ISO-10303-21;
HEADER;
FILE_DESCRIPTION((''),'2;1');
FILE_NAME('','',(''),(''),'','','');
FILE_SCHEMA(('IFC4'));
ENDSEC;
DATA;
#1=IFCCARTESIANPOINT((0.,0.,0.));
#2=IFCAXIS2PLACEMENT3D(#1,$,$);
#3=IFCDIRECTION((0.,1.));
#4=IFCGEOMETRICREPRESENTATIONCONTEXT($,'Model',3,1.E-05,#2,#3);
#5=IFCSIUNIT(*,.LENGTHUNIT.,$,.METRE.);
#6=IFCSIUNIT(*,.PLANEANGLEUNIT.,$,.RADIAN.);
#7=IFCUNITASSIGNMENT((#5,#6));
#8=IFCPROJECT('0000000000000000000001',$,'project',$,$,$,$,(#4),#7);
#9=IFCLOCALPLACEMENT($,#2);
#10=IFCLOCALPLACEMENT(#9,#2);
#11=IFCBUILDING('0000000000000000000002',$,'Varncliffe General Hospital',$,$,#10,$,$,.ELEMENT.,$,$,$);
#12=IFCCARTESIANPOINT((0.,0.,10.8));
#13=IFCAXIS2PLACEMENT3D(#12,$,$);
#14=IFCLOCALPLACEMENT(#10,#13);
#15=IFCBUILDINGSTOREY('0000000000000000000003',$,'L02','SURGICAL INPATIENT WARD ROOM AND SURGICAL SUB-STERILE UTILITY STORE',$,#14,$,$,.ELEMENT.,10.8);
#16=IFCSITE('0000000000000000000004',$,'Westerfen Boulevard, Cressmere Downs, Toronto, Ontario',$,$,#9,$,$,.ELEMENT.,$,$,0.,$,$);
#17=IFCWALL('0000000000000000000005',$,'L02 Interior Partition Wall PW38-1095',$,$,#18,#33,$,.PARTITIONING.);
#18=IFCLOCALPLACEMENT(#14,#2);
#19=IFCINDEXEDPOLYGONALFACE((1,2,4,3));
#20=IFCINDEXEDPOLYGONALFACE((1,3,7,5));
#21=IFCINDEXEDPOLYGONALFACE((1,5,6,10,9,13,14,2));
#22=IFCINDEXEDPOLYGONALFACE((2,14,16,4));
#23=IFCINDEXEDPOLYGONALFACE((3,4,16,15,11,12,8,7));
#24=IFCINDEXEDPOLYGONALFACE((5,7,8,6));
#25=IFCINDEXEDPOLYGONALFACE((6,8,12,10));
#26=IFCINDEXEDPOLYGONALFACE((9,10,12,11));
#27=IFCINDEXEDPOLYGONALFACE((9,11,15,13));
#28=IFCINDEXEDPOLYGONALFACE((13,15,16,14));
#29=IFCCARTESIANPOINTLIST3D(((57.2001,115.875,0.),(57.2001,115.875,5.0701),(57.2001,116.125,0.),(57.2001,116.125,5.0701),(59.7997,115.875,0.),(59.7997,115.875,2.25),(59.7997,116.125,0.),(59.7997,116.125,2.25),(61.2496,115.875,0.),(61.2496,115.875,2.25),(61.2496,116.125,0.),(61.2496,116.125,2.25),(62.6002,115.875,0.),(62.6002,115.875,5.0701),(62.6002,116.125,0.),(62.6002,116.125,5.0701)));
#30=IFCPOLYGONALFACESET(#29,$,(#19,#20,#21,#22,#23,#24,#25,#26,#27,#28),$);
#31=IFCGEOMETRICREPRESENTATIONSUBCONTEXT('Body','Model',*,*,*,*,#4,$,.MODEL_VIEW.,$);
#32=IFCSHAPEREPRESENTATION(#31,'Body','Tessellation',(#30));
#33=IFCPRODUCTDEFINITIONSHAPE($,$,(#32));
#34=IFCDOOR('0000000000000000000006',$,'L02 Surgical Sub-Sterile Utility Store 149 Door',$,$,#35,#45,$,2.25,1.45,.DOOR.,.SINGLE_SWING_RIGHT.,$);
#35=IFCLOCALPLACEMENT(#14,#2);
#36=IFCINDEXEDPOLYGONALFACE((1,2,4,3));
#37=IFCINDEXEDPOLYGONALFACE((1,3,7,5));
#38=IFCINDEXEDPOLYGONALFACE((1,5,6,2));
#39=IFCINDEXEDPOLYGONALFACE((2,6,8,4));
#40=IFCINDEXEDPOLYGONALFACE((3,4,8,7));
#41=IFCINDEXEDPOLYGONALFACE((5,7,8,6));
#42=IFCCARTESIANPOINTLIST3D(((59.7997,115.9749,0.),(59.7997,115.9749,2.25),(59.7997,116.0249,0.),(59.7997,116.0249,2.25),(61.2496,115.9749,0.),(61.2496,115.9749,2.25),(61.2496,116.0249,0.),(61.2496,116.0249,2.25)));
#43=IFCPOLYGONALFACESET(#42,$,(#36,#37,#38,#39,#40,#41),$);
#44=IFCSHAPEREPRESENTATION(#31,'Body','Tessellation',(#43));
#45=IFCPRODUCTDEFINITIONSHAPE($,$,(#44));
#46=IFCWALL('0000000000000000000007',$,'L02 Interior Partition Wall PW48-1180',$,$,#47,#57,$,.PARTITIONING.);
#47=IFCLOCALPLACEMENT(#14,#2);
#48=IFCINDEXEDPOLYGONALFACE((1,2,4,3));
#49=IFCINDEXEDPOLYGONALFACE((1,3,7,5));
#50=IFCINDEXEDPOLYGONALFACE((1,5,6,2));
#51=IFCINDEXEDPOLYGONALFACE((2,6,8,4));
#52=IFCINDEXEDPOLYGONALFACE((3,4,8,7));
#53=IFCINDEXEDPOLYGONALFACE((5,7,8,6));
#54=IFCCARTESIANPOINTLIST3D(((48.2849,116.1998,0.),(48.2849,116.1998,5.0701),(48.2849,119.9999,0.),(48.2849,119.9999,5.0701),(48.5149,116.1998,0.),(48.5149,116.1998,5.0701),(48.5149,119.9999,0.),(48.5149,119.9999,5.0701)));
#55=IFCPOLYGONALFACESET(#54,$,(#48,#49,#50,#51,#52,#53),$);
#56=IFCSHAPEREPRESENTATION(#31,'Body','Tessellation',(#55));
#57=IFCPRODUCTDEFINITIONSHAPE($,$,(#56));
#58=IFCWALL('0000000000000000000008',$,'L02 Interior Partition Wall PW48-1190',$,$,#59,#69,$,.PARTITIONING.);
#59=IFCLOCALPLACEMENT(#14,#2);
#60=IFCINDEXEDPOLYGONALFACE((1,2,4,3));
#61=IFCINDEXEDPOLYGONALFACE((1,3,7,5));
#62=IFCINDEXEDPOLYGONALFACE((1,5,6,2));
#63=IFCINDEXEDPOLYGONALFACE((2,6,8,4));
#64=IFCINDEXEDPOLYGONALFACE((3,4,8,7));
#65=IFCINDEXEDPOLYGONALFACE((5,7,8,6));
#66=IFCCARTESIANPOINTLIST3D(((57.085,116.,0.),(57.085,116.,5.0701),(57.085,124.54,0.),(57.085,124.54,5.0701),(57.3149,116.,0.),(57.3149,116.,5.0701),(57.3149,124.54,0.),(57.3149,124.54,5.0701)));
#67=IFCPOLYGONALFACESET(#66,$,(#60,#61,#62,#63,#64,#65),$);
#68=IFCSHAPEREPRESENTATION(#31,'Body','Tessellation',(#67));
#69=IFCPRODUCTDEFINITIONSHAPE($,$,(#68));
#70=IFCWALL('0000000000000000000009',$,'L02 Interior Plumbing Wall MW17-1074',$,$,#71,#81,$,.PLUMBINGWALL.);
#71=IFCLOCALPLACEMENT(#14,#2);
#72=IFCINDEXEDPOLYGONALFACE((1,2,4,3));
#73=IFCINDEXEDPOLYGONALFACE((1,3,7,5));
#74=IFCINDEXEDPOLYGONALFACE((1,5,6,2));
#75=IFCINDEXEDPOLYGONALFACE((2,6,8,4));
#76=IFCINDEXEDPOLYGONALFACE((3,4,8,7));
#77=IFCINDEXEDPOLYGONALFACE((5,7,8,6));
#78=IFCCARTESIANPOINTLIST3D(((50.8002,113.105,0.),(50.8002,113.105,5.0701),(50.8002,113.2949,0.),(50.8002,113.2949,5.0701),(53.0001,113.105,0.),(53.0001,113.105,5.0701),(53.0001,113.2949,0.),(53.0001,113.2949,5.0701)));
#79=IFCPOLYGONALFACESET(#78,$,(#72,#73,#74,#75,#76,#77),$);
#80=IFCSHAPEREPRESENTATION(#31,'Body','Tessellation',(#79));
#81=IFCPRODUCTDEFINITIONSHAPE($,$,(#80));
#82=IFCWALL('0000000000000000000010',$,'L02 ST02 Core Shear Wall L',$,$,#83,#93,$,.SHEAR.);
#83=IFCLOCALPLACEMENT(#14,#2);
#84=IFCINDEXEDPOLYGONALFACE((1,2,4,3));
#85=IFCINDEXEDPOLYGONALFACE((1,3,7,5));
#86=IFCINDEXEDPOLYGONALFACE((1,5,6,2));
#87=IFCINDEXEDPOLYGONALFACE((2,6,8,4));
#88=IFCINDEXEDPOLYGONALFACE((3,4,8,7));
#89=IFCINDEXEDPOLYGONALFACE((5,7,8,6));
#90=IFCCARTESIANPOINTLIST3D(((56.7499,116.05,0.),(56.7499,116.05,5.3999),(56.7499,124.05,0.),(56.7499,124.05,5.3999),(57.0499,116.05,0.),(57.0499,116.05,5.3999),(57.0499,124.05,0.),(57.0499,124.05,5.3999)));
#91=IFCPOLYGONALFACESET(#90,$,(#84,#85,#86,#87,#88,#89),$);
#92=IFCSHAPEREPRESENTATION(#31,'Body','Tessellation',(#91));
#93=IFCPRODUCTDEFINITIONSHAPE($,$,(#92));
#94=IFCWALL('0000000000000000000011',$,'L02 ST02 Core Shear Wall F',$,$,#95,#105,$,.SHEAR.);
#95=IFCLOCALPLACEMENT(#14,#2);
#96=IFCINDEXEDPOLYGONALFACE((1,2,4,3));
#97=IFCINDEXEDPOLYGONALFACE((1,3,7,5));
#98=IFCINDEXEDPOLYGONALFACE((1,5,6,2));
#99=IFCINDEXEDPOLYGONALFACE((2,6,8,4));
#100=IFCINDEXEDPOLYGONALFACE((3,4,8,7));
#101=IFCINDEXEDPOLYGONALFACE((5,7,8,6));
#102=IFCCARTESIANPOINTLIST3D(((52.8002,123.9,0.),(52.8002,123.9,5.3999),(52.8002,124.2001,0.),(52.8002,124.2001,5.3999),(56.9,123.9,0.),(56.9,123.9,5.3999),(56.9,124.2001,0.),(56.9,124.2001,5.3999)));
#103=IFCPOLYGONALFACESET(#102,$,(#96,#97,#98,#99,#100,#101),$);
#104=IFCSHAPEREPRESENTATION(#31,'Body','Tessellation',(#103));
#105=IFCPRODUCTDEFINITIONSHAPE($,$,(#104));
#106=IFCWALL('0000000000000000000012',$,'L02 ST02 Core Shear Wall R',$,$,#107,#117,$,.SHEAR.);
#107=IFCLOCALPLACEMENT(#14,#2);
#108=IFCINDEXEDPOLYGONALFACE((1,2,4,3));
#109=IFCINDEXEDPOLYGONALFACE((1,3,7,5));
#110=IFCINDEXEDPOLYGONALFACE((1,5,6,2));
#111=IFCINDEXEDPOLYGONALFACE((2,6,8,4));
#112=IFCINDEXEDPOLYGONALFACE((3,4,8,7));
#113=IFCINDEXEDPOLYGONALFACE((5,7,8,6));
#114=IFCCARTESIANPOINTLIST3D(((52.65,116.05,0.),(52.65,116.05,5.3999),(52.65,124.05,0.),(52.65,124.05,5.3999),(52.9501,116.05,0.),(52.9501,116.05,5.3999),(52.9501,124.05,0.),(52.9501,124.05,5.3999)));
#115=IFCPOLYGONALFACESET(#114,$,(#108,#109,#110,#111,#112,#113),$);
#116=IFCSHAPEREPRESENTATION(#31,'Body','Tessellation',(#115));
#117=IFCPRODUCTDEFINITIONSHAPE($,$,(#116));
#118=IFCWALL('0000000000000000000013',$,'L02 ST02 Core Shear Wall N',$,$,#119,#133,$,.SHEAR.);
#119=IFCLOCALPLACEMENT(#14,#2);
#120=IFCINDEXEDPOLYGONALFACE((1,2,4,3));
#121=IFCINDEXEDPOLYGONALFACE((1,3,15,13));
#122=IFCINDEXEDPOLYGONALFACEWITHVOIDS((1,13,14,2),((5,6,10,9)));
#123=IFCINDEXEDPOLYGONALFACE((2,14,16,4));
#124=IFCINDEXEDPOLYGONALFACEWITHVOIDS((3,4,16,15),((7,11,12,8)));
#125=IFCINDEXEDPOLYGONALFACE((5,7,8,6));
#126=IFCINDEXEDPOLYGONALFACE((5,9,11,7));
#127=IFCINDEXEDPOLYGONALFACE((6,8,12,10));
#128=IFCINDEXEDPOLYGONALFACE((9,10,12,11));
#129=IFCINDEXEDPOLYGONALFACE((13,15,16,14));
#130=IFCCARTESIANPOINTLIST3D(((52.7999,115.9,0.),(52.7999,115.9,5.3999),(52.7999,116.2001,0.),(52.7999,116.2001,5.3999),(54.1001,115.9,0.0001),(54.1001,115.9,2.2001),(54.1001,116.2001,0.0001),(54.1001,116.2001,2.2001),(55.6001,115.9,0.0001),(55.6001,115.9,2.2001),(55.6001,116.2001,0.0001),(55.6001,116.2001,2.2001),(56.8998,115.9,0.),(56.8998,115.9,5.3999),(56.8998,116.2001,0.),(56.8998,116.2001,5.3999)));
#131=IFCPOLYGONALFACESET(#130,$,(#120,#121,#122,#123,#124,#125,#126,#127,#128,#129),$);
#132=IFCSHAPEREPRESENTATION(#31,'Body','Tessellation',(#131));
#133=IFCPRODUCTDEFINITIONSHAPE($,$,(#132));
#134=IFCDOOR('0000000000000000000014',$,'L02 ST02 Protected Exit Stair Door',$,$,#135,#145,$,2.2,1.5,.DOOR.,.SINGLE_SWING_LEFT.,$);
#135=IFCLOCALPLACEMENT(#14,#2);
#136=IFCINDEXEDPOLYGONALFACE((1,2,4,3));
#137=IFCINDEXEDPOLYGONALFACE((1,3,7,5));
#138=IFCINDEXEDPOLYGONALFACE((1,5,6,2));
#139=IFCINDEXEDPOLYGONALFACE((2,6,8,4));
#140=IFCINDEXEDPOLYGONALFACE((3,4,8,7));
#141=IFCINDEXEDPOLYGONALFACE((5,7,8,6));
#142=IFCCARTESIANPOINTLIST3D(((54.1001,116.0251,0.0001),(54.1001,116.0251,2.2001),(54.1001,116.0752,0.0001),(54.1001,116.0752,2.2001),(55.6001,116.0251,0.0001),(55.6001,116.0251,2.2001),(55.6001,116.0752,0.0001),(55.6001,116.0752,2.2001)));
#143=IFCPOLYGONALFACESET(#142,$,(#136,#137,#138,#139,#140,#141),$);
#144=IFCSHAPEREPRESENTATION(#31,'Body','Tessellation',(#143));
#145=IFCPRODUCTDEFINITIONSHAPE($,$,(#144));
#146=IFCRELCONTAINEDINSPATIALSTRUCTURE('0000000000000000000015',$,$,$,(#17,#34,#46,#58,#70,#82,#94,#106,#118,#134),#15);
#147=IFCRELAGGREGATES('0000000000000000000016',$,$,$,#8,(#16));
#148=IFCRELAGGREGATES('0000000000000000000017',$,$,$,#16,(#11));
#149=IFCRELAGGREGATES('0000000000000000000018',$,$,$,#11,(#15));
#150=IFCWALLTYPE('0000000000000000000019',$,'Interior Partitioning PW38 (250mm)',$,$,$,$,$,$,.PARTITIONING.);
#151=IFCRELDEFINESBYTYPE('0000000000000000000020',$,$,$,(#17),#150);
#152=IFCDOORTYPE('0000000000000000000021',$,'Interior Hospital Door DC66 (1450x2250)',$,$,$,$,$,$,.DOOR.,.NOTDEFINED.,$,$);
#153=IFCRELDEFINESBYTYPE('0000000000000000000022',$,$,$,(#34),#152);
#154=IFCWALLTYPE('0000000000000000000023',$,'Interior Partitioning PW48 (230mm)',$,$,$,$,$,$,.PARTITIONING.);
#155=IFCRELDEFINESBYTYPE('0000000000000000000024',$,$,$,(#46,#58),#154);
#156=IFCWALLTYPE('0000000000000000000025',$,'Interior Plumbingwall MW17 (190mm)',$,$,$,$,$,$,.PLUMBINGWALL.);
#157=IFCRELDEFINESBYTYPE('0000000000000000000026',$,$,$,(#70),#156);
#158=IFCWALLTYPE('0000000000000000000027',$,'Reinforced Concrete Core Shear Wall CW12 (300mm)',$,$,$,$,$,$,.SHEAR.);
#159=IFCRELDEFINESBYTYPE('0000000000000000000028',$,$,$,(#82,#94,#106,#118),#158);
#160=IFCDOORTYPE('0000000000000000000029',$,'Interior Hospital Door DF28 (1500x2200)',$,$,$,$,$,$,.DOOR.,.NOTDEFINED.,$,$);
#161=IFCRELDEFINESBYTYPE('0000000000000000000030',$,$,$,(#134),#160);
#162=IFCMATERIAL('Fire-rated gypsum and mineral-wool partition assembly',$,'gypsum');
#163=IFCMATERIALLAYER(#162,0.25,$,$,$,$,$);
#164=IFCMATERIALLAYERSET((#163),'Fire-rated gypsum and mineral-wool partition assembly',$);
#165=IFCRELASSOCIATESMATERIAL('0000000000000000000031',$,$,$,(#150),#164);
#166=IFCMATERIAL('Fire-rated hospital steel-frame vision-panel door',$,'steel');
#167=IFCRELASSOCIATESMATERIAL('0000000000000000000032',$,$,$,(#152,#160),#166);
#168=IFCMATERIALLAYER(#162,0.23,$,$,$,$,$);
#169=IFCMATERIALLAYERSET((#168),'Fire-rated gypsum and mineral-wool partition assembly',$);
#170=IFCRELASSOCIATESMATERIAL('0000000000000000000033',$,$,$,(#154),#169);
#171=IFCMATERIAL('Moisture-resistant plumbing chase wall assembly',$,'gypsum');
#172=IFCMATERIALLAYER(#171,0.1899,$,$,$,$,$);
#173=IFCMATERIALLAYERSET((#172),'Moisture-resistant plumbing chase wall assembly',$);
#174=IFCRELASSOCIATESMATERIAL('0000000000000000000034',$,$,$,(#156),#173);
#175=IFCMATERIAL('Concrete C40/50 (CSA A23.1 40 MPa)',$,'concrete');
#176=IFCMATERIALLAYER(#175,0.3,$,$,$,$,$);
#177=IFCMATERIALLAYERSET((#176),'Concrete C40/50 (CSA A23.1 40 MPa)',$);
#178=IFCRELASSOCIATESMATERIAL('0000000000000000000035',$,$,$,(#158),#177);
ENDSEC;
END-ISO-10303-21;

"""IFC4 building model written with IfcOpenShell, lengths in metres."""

from ifc_helpers import new_model, si_unit, direction, frame, frame_2d, origin, place, context, subcontext, project, spatial, rectangle, extrude, material, layer, layer_set, type_object, element, fill, save


model = new_model("IFC4")

# Units and contexts
model_context = context("Model", 3, precision=1e-05, world=origin(), true_north=direction((0.0, 1.0)))
body_context = subcontext(model_context, "Body", "Model", "MODEL_VIEW")
ifc_project = project(units=[si_unit("LENGTHUNIT", "METRE"), si_unit("PLANEANGLEUNIT", "RADIAN")], contexts=[model_context])

# Site, building, storey
site_placement = place(None, origin())
site = spatial("IfcSite", under=ifc_project, at=site_placement, Name="Westerfen Boulevard, Cressmere Downs, Toronto, Ontario", CompositionType="ELEMENT", RefElevation=0.0)
building_placement = place(site_placement, origin())
building = spatial("IfcBuilding", under=site, at=building_placement, Name="Varncliffe General Hospital", CompositionType="ELEMENT")
storey_placement = place(building_placement, frame((0.0, 0.0, 10.8)))
storey = spatial("IfcBuildingStorey", under=building, at=storey_placement, Name="L02", Description="SURGICAL INPATIENT WARD ROOM AND SURGICAL SUB-STERILE UTILITY STORE", CompositionType="ELEMENT", Elevation=10.8)

# Shared definitions
ifc_material_1 = material(Name="Concrete C40/50 (CSA A23.1 40 MPa)", Category="concrete")

# Wall, opening, door
ifc_material_2 = material(Name="Fire-rated gypsum and mineral-wool partition assembly", Category="gypsum")
ifc_layer_1 = layer(ifc_material_2, 0.25)
ifc_layer_set_1 = layer_set([ifc_layer_1], Name="Fire-rated gypsum and mineral-wool partition assembly")
wall_type_1 = type_object("IfcWallType", Name="Interior Partitioning PW38 (250mm)", PredefinedType="PARTITIONING", material=ifc_layer_set_1)
ifc_material_3 = material(Name="Fire-rated hospital steel-frame vision-panel door", Category="steel")
door_type_1 = type_object("IfcDoorType", Name="Interior Hospital Door DC66 (1450x2250)", OperationType="NOTDEFINED", PredefinedType="DOOR", material=ifc_material_3)
wall_1_placement = place(storey_placement, frame((57.2, 116.0, 0.0), z_axis=(0.0, 0.0, 1.0), x_axis=(1.0, 0.0, 0.0)))
wall_1 = element("IfcWall", 1, at=wall_1_placement, inside=storey, type_object=wall_type_1, Name="L02 Interior Partition Wall PW38-1095", PredefinedType="PARTITIONING", context=body_context, shape_type="SweptSolid", body=[
    extrude(rectangle(XDim=5.4001, YDim=0.25, at=frame_2d((2.7002, 0.0))), origin(), (0.0, 0.0, 1.0), 5.0701),
])
opening_1_placement = place(wall_1_placement, frame((2.5996, 0.0, 0.0)))
opening_1 = element("IfcOpeningElement", 2, at=opening_1_placement, cuts=wall_1, PredefinedType="OPENING", context=body_context, shape_type="SweptSolid", body=[
    extrude(rectangle(XDim=1.45, YDim=2.25, at=frame_2d((0.7251, 1.125))), frame((0.0, 0.135, 0.0), z_axis=(0.0, -1.0, 0.0), x_axis=(1.0, 0.0, 0.0)), (0.0, 0.0, 1.0), 0.27),
])
door_1_placement = place(opening_1_placement, origin())
door_1 = element("IfcDoor", 3, at=door_1_placement, inside=storey, type_object=door_type_1, Name="L02 Surgical Sub-Sterile Utility Store 149 Door", OperationType="SINGLE_SWING_RIGHT", OverallHeight=2.25, OverallWidth=1.45, PredefinedType="DOOR", context=body_context, shape_type="SweptSolid", body=[
    extrude(rectangle(XDim=1.45, YDim=2.25, at=frame_2d((0.7251, 1.125))), frame((0.0, 0.0249, 0.0), z_axis=(0.0, -1.0, 0.0), x_axis=(1.0, 0.0, 0.0)), (0.0, 0.0, 1.0), 0.05),
])
fill(opening_1, door_1)

# Walls
ifc_layer_2 = layer(ifc_material_2, 0.23)
ifc_layer_set_2 = layer_set([ifc_layer_2], Name="Fire-rated gypsum and mineral-wool partition assembly")
wall_type_2 = type_object("IfcWallType", Name="Interior Partitioning PW48 (230mm)", PredefinedType="PARTITIONING", material=ifc_layer_set_2)
wall_2_placement = place(storey_placement, frame((48.3999, 116.2, 0.0), z_axis=(0.0, 0.0, 1.0), x_axis=(0.0, 1.0, 0.0)))
element("IfcWall", 4, at=wall_2_placement, inside=storey, type_object=wall_type_2, Name="L02 Interior Partition Wall PW48-1180", PredefinedType="PARTITIONING", context=body_context, shape_type="SweptSolid", body=[
    extrude(rectangle(XDim=3.8, YDim=0.23, at=frame_2d((1.8999, 0.0))), origin(), (0.0, 0.0, 1.0), 5.0701),
])
wall_3_placement = place(storey_placement, frame((57.2, 116.0, 0.0), z_axis=(0.0, 0.0, 1.0), x_axis=(0.0, 1.0, 0.0)))
element("IfcWall", 5, at=wall_3_placement, inside=storey, type_object=wall_type_2, Name="L02 Interior Partition Wall PW48-1190", PredefinedType="PARTITIONING", context=body_context, shape_type="SweptSolid", body=[
    extrude(rectangle(XDim=8.54, YDim=0.23, at=frame_2d((4.27, 0.0))), origin(), (0.0, 0.0, 1.0), 5.0701),
])
ifc_material_4 = material(Name="Moisture-resistant plumbing chase wall assembly", Category="gypsum")
ifc_layer_3 = layer(ifc_material_4, 0.1899)
ifc_layer_set_3 = layer_set([ifc_layer_3], Name="Moisture-resistant plumbing chase wall assembly")
wall_type_3 = type_object("IfcWallType", Name="Interior Plumbingwall MW17 (190mm)", PredefinedType="PLUMBINGWALL", material=ifc_layer_set_3)
wall_4_placement = place(storey_placement, frame((50.8, 113.2, 0.0), z_axis=(0.0, 0.0, 1.0), x_axis=(1.0, 0.0, 0.0)))
element("IfcWall", 6, at=wall_4_placement, inside=storey, type_object=wall_type_3, Name="L02 Interior Plumbing Wall MW17-1074", PredefinedType="PLUMBINGWALL", context=body_context, shape_type="SweptSolid", body=[
    extrude(rectangle(XDim=2.2, YDim=0.1899, at=frame_2d((1.1001, 0.0))), origin(), (0.0, 0.0, 1.0), 5.0701),
])
ifc_layer_4 = layer(ifc_material_1, 0.3)
ifc_layer_set_4 = layer_set([ifc_layer_4], Name="Concrete C40/50 (CSA A23.1 40 MPa)")
wall_type_4 = type_object("IfcWallType", Name="Reinforced Concrete Core Shear Wall CW12 (300mm)", PredefinedType="SHEAR", material=ifc_layer_set_4)
wall_5_placement = place(storey_placement, frame((56.8999, 116.05, 0.0), z_axis=(0.0, 0.0, 1.0), x_axis=(0.0, 1.0, 0.0)))
element("IfcWall", 7, at=wall_5_placement, inside=storey, type_object=wall_type_4, Name="L02 ST02 Core Shear Wall L", PredefinedType="SHEAR", context=body_context, shape_type="SweptSolid", body=[
    extrude(rectangle(XDim=8.0, YDim=0.3, at=frame_2d((4.0, 0.0))), origin(), (0.0, 0.0, 1.0), 5.3999),
])
wall_6_placement = place(storey_placement, frame((56.8999, 124.05, 0.0), z_axis=(0.0, 0.0, 1.0), x_axis=(-1.0, 0.0, 0.0)))
element("IfcWall", 8, at=wall_6_placement, inside=storey, type_object=wall_type_4, Name="L02 ST02 Core Shear Wall F", PredefinedType="SHEAR", context=body_context, shape_type="SweptSolid", body=[
    extrude(rectangle(XDim=4.0999, YDim=0.3, at=frame_2d((2.0498, 0.0))), origin(), (0.0, 0.0, 1.0), 5.3999),
])
wall_7_placement = place(storey_placement, frame((52.8, 124.05, 0.0), z_axis=(0.0, 0.0, 1.0), x_axis=(0.0, -1.0, 0.0)))
element("IfcWall", 9, at=wall_7_placement, inside=storey, type_object=wall_type_4, Name="L02 ST02 Core Shear Wall R", PredefinedType="SHEAR", context=body_context, shape_type="SweptSolid", body=[
    extrude(rectangle(XDim=8.0, YDim=0.3, at=frame_2d((4.0, 0.0))), origin(), (0.0, 0.0, 1.0), 5.3999),
])

# Wall, opening, door
wall_8_placement = place(storey_placement, frame((52.8, 116.05, 0.0), z_axis=(0.0, 0.0, 1.0), x_axis=(1.0, 0.0, 0.0)))
wall_8 = element("IfcWall", 10, at=wall_8_placement, inside=storey, type_object=wall_type_4, Name="L02 ST02 Core Shear Wall N", PredefinedType="SHEAR", context=body_context, shape_type="SweptSolid", body=[
    extrude(rectangle(XDim=4.0999, YDim=0.3, at=frame_2d((2.0498, 0.0))), origin(), (0.0, 0.0, 1.0), 5.3999),
])
opening_2_placement = place(wall_8_placement, frame((1.3, 0.0, 0.0)))
opening_2 = element("IfcOpeningElement", 11, at=opening_2_placement, cuts=wall_8, PredefinedType="OPENING", context=body_context, shape_type="SweptSolid", body=[
    extrude(rectangle(XDim=1.5, YDim=2.2, at=frame_2d((0.75, 1.1001))), frame((0.0, 0.1602, 0.0), z_axis=(0.0, -1.0, 0.0), x_axis=(1.0, 0.0, 0.0)), (0.0, 0.0, 1.0), 0.3201),
])
door_type_2 = type_object("IfcDoorType", Name="Interior Hospital Door DF28 (1500x2200)", OperationType="NOTDEFINED", PredefinedType="DOOR", material=ifc_material_3)
door_2_placement = place(opening_2_placement, frame((1.5, 0.0, 0.0), z_axis=(0.0, 0.0, 1.0), x_axis=(-1.0, 0.0, 0.0)))
door_2 = element("IfcDoor", 12, at=door_2_placement, inside=storey, type_object=door_type_2, Name="L02 ST02 Protected Exit Stair Door", OperationType="SINGLE_SWING_LEFT", OverallHeight=2.2, OverallWidth=1.5, PredefinedType="DOOR", context=body_context, shape_type="SweptSolid", body=[
    extrude(rectangle(XDim=1.5, YDim=2.2, at=frame_2d((0.75, 1.1001))), frame((0.0, 0.0249, 0.0), z_axis=(0.0, -1.0, 0.0), x_axis=(1.0, 0.0, 0.0)), (0.0, 0.0, 1.0), 0.05),
])
fill(opening_2, door_2)

save(model, "model.ifc")
